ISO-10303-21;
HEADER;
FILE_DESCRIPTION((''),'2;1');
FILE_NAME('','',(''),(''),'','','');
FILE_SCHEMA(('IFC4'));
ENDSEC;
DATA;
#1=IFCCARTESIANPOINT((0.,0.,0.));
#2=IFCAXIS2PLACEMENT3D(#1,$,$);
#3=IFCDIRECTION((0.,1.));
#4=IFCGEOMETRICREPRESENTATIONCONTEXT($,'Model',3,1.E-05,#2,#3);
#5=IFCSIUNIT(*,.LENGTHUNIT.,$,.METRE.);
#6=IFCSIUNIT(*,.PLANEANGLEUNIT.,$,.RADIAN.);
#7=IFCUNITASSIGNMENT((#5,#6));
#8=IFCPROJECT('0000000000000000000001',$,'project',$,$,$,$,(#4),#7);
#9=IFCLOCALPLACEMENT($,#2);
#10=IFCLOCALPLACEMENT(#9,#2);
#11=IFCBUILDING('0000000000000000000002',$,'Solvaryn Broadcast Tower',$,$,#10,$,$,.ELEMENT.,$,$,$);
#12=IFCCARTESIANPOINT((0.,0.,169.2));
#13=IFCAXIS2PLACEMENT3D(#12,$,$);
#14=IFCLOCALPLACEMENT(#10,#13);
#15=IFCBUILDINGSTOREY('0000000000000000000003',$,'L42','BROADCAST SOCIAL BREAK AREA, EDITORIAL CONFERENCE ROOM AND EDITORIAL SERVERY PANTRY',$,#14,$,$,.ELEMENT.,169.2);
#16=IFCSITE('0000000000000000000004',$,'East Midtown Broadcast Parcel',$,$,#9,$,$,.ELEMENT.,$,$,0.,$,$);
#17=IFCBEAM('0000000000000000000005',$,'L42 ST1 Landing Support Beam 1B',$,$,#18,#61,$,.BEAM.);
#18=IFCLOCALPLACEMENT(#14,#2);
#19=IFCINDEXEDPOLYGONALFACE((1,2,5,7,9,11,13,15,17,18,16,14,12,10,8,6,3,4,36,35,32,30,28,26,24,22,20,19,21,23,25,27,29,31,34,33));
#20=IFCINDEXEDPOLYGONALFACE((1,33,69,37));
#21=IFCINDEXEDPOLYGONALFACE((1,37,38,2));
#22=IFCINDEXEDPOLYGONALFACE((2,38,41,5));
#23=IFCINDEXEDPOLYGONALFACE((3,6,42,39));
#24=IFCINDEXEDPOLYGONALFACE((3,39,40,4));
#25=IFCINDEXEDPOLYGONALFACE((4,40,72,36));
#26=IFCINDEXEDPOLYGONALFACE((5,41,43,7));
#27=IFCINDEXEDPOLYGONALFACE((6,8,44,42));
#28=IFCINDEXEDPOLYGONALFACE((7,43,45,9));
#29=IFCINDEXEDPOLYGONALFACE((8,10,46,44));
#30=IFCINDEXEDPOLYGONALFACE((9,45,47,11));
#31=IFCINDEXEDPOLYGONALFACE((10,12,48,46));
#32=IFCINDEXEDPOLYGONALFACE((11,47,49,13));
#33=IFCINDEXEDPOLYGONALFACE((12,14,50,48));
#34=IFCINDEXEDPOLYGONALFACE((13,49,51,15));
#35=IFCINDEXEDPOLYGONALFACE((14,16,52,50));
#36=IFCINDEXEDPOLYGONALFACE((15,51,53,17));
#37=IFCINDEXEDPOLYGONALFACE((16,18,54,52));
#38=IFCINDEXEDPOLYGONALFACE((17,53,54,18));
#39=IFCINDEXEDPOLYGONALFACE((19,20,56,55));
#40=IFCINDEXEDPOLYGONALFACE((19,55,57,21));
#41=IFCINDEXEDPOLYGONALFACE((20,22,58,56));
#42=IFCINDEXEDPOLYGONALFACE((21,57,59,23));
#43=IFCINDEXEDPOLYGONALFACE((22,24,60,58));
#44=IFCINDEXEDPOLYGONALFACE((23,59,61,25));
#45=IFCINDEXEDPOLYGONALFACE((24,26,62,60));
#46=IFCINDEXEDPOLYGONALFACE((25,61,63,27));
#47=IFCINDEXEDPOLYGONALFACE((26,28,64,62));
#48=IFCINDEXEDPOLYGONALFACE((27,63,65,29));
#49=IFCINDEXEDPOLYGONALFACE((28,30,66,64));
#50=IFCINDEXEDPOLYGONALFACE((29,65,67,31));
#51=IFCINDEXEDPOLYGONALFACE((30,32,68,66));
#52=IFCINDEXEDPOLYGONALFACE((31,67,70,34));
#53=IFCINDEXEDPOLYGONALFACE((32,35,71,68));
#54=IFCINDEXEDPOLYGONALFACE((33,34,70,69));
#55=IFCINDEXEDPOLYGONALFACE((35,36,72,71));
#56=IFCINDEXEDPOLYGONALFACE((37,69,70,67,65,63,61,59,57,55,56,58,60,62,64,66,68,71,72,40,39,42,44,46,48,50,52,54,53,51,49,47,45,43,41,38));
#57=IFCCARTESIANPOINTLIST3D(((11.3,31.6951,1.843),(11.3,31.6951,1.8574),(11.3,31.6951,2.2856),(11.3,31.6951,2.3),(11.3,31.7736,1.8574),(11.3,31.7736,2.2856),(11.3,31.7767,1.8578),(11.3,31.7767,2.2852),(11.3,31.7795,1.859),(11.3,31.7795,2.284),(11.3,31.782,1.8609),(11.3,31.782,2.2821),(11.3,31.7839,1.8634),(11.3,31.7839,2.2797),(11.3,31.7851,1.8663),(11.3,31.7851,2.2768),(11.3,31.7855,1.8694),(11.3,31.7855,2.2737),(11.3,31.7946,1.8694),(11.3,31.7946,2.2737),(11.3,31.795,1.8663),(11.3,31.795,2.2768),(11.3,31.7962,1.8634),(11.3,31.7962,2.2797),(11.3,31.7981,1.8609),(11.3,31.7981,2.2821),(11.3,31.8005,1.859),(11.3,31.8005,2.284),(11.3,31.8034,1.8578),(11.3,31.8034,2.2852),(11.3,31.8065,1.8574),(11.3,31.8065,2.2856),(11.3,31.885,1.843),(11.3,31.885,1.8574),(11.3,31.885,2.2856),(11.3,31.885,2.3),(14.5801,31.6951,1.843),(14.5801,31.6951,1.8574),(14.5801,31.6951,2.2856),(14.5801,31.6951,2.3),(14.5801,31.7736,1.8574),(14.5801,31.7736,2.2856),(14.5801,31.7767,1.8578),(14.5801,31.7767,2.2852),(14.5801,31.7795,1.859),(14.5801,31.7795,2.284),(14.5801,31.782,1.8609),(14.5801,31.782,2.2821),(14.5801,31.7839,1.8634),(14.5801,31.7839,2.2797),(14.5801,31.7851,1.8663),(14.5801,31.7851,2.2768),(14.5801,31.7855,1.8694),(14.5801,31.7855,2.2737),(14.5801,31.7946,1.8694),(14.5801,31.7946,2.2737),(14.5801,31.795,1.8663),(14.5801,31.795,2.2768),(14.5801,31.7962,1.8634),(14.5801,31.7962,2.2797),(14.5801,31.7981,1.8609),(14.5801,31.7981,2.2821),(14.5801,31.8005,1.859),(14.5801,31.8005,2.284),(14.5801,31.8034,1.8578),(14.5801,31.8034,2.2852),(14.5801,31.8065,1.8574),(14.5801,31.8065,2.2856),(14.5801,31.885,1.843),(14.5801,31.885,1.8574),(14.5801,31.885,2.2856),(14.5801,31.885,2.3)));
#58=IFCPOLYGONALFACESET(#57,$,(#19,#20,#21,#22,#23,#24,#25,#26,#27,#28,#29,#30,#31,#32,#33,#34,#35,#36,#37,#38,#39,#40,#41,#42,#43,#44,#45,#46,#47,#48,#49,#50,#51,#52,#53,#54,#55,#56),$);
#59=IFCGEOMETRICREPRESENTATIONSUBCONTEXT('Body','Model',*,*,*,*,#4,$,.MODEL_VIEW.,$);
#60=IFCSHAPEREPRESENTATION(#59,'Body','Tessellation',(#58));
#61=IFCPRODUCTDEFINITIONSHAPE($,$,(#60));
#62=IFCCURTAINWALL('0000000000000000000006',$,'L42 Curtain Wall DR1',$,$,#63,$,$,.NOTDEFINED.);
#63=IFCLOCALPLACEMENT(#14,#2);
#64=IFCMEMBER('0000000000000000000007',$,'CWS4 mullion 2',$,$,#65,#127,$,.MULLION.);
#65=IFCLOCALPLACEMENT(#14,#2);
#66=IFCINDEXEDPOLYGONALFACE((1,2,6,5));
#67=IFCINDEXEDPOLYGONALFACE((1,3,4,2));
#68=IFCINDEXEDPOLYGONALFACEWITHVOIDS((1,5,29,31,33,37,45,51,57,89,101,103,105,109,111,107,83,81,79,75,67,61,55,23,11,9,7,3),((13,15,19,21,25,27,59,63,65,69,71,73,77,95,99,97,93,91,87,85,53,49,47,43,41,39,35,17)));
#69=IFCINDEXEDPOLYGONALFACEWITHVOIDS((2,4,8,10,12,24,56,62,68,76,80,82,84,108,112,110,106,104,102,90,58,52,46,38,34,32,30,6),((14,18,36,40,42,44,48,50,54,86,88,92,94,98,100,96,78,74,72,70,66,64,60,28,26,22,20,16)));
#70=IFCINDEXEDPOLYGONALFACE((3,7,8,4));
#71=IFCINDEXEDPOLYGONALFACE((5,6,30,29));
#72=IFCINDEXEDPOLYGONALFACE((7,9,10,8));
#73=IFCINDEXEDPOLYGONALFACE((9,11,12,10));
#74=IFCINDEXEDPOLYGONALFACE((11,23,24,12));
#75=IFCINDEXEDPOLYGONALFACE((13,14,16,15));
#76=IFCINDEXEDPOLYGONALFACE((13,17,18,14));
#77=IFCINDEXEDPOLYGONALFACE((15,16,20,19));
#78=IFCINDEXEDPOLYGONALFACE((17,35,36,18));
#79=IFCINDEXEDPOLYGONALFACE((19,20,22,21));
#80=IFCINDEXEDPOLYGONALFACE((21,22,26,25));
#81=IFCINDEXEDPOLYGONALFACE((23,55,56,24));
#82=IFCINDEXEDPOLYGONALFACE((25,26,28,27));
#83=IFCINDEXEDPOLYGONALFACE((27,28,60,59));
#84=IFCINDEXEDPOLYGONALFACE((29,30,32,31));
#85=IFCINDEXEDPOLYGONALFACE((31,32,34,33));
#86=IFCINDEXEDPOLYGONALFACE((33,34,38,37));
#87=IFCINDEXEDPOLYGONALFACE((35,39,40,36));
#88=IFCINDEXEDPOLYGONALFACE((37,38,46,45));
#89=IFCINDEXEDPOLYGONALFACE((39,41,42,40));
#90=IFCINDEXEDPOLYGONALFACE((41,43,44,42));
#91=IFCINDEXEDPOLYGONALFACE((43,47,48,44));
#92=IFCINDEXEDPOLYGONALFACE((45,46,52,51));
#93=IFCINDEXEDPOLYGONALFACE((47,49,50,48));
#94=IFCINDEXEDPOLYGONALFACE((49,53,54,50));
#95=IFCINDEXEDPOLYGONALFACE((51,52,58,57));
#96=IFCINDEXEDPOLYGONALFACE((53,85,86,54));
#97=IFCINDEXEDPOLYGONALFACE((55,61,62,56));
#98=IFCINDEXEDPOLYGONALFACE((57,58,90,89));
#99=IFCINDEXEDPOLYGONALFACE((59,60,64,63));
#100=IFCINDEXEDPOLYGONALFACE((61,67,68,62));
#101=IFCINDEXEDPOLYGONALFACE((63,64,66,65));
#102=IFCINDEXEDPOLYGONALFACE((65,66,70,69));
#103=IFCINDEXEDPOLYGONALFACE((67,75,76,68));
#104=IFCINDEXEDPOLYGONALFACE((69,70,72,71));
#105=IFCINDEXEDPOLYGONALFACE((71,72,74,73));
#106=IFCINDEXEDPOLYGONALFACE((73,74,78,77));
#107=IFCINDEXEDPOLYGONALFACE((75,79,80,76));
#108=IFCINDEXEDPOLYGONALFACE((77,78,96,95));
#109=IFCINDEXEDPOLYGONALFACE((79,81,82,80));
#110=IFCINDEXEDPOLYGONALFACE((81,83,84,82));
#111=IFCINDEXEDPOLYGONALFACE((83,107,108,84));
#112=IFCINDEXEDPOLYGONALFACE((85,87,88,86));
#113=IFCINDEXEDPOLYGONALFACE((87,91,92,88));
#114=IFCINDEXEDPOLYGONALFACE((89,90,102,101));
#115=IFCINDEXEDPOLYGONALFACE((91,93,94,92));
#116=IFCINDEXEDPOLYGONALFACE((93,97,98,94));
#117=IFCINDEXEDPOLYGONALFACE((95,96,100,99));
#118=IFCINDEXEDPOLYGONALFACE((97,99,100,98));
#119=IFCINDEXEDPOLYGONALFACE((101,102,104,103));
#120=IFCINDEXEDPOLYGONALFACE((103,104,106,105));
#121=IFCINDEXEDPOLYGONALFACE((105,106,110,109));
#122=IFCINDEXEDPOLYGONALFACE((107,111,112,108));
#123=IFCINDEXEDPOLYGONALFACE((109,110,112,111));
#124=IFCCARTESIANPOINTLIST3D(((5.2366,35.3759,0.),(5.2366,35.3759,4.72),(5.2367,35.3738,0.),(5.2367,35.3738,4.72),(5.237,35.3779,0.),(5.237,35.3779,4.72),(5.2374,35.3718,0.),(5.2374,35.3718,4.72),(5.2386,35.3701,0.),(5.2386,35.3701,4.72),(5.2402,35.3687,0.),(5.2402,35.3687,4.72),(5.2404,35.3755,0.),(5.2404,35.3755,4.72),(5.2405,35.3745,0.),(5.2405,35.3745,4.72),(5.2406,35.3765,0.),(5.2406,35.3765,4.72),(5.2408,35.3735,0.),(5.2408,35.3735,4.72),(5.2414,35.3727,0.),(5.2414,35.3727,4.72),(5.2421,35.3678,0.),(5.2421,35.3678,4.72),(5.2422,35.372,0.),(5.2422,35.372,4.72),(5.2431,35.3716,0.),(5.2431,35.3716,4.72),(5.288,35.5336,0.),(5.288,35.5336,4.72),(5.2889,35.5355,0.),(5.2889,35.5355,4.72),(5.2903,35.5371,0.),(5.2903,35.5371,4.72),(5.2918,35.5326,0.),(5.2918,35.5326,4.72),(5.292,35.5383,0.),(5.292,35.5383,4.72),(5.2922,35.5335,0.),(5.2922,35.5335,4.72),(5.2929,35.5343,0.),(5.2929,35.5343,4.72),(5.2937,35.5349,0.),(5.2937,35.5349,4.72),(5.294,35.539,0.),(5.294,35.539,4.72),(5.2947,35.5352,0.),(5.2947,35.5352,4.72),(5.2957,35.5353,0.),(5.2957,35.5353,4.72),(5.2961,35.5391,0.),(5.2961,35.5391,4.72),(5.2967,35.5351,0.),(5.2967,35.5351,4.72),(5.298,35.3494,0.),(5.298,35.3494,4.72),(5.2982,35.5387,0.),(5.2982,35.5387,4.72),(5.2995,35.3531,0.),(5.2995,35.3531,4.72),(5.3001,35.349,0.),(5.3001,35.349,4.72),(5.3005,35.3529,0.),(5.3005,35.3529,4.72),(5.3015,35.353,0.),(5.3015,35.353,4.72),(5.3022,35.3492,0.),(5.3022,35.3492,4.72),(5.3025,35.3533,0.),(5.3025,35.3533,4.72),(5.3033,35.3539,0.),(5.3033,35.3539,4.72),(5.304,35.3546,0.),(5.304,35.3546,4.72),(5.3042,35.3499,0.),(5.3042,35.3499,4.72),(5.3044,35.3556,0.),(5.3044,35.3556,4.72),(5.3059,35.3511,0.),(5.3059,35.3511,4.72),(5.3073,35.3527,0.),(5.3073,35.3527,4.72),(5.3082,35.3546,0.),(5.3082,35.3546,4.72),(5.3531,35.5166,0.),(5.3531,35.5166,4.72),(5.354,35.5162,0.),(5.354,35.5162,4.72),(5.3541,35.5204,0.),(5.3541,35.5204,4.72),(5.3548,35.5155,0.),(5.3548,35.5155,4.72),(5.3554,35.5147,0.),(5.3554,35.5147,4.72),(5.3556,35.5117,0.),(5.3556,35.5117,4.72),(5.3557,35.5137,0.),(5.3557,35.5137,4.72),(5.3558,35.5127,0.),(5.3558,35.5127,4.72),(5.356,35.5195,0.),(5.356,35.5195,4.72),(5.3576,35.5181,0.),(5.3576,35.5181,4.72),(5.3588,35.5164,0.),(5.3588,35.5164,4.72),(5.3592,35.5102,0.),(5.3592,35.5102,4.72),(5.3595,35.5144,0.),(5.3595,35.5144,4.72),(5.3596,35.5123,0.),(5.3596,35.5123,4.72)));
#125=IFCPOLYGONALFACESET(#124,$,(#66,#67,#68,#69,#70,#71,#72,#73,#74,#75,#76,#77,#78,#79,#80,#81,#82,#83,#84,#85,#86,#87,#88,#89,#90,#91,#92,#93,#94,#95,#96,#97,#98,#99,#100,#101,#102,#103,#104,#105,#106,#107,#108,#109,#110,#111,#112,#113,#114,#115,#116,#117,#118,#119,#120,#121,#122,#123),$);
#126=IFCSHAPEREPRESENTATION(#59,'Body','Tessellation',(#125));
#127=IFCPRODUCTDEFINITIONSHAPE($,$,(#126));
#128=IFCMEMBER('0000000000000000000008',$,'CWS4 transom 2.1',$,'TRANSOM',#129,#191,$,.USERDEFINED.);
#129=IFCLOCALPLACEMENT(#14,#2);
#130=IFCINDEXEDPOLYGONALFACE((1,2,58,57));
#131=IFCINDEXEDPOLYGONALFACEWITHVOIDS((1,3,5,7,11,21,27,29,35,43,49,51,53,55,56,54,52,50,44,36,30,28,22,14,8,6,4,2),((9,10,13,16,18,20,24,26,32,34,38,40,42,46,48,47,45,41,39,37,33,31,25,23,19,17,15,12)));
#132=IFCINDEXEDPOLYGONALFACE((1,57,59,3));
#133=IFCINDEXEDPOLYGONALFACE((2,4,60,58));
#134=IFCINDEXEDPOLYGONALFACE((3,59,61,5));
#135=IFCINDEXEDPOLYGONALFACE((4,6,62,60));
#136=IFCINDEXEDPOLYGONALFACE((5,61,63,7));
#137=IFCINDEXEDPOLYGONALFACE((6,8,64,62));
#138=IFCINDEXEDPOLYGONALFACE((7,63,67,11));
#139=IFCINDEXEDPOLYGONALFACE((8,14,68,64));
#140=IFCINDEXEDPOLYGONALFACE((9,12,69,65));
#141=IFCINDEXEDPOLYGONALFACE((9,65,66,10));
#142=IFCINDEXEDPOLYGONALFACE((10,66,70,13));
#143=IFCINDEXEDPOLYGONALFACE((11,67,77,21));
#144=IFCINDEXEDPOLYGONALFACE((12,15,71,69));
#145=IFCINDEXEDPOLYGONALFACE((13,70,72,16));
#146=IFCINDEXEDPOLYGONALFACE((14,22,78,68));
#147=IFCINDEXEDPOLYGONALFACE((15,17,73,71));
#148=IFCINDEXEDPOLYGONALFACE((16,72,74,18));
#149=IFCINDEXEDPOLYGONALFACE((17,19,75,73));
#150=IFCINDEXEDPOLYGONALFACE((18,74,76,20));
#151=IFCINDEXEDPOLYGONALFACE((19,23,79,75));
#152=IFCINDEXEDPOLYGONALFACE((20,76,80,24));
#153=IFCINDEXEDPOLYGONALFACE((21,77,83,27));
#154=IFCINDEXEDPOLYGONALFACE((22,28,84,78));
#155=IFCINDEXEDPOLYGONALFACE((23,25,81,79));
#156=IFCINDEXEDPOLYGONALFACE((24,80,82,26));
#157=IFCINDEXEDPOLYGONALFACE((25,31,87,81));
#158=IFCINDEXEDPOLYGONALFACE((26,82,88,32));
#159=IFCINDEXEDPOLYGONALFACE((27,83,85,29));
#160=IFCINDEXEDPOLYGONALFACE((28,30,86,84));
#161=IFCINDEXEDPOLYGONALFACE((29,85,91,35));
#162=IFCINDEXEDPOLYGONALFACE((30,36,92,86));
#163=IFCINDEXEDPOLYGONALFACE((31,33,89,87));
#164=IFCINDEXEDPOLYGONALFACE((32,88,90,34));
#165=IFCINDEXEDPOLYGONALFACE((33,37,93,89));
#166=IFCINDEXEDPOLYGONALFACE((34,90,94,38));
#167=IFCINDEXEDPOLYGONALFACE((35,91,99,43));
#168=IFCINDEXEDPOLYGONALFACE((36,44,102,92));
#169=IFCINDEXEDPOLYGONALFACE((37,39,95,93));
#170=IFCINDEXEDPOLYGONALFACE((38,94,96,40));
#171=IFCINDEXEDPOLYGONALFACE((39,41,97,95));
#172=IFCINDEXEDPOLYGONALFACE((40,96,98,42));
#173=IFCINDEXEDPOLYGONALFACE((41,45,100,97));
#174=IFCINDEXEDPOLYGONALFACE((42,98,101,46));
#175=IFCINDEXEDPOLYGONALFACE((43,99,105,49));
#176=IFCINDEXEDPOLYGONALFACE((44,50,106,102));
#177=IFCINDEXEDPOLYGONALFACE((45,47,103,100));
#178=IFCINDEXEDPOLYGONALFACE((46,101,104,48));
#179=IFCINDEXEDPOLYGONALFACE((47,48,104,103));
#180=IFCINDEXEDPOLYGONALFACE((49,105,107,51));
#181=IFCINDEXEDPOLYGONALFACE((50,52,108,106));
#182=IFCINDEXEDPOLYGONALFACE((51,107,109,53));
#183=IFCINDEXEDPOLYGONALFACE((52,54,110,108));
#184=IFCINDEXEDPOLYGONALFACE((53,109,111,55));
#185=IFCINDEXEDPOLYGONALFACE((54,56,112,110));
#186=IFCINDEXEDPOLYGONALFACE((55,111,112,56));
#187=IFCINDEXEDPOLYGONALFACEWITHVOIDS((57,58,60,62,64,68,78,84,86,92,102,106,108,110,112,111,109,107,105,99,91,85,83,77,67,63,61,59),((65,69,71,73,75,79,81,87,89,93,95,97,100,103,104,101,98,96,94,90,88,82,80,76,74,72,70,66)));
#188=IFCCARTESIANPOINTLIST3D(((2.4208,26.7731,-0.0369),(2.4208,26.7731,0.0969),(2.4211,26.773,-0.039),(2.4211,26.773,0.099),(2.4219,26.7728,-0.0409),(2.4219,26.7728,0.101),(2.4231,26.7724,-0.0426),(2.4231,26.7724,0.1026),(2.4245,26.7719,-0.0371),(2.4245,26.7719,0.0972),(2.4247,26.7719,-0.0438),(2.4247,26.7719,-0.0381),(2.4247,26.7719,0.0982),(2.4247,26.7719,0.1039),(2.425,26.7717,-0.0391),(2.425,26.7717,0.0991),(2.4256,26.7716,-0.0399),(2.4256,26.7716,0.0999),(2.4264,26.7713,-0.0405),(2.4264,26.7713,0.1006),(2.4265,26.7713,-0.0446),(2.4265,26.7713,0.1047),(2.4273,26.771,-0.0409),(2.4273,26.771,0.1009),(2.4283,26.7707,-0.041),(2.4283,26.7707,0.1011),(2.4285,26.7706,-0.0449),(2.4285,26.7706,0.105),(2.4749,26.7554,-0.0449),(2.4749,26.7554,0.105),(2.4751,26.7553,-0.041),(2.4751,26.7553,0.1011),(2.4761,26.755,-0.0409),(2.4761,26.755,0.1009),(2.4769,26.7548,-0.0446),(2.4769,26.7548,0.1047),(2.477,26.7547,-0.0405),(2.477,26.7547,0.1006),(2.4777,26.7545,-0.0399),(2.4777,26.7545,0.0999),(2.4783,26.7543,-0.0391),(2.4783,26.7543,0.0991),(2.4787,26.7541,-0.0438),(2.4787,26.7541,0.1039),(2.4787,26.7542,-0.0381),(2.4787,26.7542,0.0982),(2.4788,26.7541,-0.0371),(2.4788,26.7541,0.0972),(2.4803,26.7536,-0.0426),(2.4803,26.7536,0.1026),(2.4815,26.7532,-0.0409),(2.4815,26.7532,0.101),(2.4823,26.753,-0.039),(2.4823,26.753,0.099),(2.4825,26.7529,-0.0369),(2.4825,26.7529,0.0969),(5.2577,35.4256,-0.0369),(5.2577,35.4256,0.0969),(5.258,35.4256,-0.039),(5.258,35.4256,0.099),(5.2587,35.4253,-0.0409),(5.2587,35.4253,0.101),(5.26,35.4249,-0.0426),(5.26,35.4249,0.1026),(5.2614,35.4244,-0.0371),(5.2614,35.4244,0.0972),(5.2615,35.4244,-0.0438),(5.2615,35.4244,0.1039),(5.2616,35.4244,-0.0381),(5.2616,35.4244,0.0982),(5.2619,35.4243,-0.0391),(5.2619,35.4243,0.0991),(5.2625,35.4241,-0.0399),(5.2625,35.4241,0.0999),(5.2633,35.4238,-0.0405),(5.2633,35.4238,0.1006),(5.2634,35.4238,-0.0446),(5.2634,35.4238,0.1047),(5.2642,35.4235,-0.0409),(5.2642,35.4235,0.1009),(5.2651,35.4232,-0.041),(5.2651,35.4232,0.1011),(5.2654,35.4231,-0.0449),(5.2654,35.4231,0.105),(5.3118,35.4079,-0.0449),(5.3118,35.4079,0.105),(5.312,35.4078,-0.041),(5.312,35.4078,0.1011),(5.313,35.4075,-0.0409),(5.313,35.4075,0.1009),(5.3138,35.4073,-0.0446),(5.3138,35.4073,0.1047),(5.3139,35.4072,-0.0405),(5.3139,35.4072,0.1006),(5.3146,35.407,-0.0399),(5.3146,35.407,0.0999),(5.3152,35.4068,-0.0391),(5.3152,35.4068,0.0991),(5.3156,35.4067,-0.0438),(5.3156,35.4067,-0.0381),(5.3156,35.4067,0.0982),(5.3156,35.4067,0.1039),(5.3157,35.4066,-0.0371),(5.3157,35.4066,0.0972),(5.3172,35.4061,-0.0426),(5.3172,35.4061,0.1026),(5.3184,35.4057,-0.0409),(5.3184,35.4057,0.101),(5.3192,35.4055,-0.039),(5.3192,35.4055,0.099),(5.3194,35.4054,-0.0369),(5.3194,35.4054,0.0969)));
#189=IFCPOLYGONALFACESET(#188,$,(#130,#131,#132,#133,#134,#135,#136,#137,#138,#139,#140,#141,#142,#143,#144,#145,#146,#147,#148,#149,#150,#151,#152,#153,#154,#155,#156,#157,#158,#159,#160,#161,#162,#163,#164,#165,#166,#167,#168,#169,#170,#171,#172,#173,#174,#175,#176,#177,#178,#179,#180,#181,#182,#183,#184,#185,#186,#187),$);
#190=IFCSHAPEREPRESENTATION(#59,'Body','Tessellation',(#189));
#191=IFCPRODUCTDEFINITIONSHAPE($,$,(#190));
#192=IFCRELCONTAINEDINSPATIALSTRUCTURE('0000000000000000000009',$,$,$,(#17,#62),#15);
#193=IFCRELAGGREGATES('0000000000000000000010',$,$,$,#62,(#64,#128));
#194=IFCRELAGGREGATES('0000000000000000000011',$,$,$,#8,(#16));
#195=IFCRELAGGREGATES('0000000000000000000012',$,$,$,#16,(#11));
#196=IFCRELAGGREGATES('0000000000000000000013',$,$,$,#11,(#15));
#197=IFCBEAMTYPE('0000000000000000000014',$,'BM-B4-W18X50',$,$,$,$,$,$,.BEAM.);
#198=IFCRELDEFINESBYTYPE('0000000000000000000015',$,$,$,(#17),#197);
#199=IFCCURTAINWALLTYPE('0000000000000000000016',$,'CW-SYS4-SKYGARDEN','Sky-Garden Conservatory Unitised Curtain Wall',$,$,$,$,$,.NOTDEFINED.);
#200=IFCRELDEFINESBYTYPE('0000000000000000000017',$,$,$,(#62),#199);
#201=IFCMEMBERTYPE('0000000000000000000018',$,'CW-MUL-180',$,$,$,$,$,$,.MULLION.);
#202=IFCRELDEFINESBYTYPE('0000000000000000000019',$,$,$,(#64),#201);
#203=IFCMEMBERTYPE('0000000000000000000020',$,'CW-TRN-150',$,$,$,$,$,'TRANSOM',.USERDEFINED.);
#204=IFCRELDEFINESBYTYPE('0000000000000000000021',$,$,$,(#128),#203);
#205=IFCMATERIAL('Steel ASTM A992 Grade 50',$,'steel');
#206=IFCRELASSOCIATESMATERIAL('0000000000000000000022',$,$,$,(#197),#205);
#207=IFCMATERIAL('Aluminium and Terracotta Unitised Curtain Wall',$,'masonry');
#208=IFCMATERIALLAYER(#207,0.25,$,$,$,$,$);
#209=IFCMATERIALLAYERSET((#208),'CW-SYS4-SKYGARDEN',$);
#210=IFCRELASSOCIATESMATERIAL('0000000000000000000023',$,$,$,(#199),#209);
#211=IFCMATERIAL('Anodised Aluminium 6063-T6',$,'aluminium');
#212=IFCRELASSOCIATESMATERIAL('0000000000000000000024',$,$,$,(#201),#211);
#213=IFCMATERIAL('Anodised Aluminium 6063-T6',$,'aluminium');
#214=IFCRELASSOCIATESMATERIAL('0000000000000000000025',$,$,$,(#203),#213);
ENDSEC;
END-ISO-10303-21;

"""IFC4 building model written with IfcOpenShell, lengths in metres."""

from ifc_helpers import new_model, si_unit, direction, frame, origin, origin_2d, place, context, subcontext, project, spatial, hollow_rectangle, i_section, extrude, material, layer, layer_set, material_profile, profile_set, type_object, element, aggregate, save


model = new_model("IFC4")

# Units and contexts
model_context = context("Model", 3, precision=1e-05, world=origin(), true_north=direction((0.0, 1.0)))
body_context = subcontext(model_context, "Body", "Model", "MODEL_VIEW")
ifc_project = project(units=[si_unit("LENGTHUNIT", "METRE"), si_unit("PLANEANGLEUNIT", "RADIAN")], contexts=[model_context])

# Site, building, storey
site_placement = place(None, origin())
site = spatial("IfcSite", under=ifc_project, at=site_placement, Name="East Midtown Broadcast Parcel", CompositionType="ELEMENT", RefElevation=0.0)
building_placement = place(site_placement, origin())
building = spatial("IfcBuilding", under=site, at=building_placement, Name="Solvaryn Broadcast Tower", CompositionType="ELEMENT")
storey_placement = place(building_placement, frame((0.0, 0.0, 169.2)))
storey = spatial("IfcBuildingStorey", under=building, at=storey_placement, Name="L42", Description="BROADCAST SOCIAL BREAK AREA, EDITORIAL CONFERENCE ROOM AND EDITORIAL SERVERY PANTRY", CompositionType="ELEMENT", Elevation=169.2)

# Beam
ifc_material_1 = material(Name="Steel ASTM A992 Grade 50", Category="steel")
ifc_material_profile_1 = material_profile(ifc_material_1, i_section(OverallWidth=0.1899, OverallDepth=0.457, WebThickness=0.009, FlangeThickness=0.0144, FilletRadius=0.012, at=origin_2d()))
ifc_profile_set_1 = profile_set([ifc_material_profile_1], Name="Steel ASTM A992 Grade 50")
beam_type_1 = type_object("IfcBeamType", Name="BM-B4-W18X50", PredefinedType="BEAM", material=ifc_profile_set_1)
for number, where, z_axis, x_axis, name in (
    (1, (11.3, 31.79, 2.0715), (1.0, 0.0, 0.0), (0.0, 1.0, 0.0), "L42 ST1 Landing Support Beam 1B"),
):
    element("IfcBeam", number, at=place(storey_placement, frame(where, z_axis=z_axis, x_axis=x_axis)), inside=storey, type_object=beam_type_1, Name=name, PredefinedType="BEAM", context=body_context, shape_type="SweptSolid", body=[
        extrude(i_section(OverallWidth=0.1899, OverallDepth=0.457, WebThickness=0.009, FlangeThickness=0.0144, FilletRadius=0.012, at=origin_2d()), origin(), (0.0, 0.0, 1.0), 3.28),
    ])

# Curtain wall, members
ifc_material_2 = material(Name="Aluminium and Terracotta Unitised Curtain Wall", Category="masonry")
ifc_layer_1 = layer(ifc_material_2, 0.25)
ifc_layer_set_1 = layer_set([ifc_layer_1], Name="CW-SYS4-SKYGARDEN")
curtain_wall_type = type_object("IfcCurtainWallType", Name="CW-SYS4-SKYGARDEN", Description="Sky-Garden Conservatory Unitised Curtain Wall", PredefinedType="NOTDEFINED", material=ifc_layer_set_1)
curtain_wall_placement = place(storey_placement, origin())
curtain_wall = element("IfcCurtainWall", 2, at=curtain_wall_placement, inside=storey, type_object=curtain_wall_type, Name="L42 Curtain Wall DR1", PredefinedType="NOTDEFINED")
ifc_material_3 = material(Name="Anodised Aluminium 6063-T6", Category="aluminium")
ifc_material_profile_2 = material_profile(ifc_material_3, hollow_rectangle(XDim=0.075, YDim=0.1799, WallThickness=0.0039, InnerFilletRadius=0.0039, OuterFilletRadius=0.0081, at=origin_2d()))
ifc_profile_set_2 = profile_set([ifc_material_profile_2], Name="Anodised Aluminium 6063-T6")
member_type_1 = type_object("IfcMemberType", Name="CW-MUL-180", PredefinedType="MULLION", material=ifc_profile_set_2)
member_1_placement = place(storey_placement, frame((5.2981, 35.4441, 0.0), z_axis=(0.0, 0.0, 1.0), x_axis=(0.950227, -0.311559, 0.0)))
member_1 = element("IfcMember", 3, at=member_1_placement, type_object=member_type_1, Name="CWS4 mullion 2", PredefinedType="MULLION", context=body_context, shape_type="SweptSolid", body=[
    extrude(hollow_rectangle(XDim=0.075, YDim=0.1799, WallThickness=0.0039, InnerFilletRadius=0.0039, OuterFilletRadius=0.0081, at=origin_2d()), origin(), (0.0, 0.0, 1.0), 4.72),
])
ifc_material_4 = material(Name="Anodised Aluminium 6063-T6", Category="aluminium")
ifc_material_profile_3 = material_profile(ifc_material_4, hollow_rectangle(XDim=0.0649, YDim=0.1499, WallThickness=0.0039, InnerFilletRadius=0.0039, OuterFilletRadius=0.0081, at=origin_2d()))
ifc_profile_set_3 = profile_set([ifc_material_profile_3], Name="Anodised Aluminium 6063-T6")
member_type_2 = type_object("IfcMemberType", Name="CW-TRN-150", ElementType="TRANSOM", PredefinedType="USERDEFINED", material=ifc_profile_set_3)
member_2_placement = place(storey_placement, frame((5.2886, 35.4155, 0.03), z_axis=(-0.311551, -0.95023, 0.0), x_axis=(0.95023, -0.311551, 0.0)))
member_2 = element("IfcMember", 4, at=member_2_placement, type_object=member_type_2, Name="CWS4 transom 2.1", ObjectType="TRANSOM", PredefinedType="USERDEFINED", context=body_context, shape_type="SweptSolid", body=[
    extrude(hollow_rectangle(XDim=0.0649, YDim=0.1499, WallThickness=0.0039, InnerFilletRadius=0.0039, OuterFilletRadius=0.0081, at=origin_2d()), origin(), (0.0, 0.0, 1.0), 9.1057),
])
aggregate(curtain_wall, [member_1, member_2])

save(model, "model.ifc")
